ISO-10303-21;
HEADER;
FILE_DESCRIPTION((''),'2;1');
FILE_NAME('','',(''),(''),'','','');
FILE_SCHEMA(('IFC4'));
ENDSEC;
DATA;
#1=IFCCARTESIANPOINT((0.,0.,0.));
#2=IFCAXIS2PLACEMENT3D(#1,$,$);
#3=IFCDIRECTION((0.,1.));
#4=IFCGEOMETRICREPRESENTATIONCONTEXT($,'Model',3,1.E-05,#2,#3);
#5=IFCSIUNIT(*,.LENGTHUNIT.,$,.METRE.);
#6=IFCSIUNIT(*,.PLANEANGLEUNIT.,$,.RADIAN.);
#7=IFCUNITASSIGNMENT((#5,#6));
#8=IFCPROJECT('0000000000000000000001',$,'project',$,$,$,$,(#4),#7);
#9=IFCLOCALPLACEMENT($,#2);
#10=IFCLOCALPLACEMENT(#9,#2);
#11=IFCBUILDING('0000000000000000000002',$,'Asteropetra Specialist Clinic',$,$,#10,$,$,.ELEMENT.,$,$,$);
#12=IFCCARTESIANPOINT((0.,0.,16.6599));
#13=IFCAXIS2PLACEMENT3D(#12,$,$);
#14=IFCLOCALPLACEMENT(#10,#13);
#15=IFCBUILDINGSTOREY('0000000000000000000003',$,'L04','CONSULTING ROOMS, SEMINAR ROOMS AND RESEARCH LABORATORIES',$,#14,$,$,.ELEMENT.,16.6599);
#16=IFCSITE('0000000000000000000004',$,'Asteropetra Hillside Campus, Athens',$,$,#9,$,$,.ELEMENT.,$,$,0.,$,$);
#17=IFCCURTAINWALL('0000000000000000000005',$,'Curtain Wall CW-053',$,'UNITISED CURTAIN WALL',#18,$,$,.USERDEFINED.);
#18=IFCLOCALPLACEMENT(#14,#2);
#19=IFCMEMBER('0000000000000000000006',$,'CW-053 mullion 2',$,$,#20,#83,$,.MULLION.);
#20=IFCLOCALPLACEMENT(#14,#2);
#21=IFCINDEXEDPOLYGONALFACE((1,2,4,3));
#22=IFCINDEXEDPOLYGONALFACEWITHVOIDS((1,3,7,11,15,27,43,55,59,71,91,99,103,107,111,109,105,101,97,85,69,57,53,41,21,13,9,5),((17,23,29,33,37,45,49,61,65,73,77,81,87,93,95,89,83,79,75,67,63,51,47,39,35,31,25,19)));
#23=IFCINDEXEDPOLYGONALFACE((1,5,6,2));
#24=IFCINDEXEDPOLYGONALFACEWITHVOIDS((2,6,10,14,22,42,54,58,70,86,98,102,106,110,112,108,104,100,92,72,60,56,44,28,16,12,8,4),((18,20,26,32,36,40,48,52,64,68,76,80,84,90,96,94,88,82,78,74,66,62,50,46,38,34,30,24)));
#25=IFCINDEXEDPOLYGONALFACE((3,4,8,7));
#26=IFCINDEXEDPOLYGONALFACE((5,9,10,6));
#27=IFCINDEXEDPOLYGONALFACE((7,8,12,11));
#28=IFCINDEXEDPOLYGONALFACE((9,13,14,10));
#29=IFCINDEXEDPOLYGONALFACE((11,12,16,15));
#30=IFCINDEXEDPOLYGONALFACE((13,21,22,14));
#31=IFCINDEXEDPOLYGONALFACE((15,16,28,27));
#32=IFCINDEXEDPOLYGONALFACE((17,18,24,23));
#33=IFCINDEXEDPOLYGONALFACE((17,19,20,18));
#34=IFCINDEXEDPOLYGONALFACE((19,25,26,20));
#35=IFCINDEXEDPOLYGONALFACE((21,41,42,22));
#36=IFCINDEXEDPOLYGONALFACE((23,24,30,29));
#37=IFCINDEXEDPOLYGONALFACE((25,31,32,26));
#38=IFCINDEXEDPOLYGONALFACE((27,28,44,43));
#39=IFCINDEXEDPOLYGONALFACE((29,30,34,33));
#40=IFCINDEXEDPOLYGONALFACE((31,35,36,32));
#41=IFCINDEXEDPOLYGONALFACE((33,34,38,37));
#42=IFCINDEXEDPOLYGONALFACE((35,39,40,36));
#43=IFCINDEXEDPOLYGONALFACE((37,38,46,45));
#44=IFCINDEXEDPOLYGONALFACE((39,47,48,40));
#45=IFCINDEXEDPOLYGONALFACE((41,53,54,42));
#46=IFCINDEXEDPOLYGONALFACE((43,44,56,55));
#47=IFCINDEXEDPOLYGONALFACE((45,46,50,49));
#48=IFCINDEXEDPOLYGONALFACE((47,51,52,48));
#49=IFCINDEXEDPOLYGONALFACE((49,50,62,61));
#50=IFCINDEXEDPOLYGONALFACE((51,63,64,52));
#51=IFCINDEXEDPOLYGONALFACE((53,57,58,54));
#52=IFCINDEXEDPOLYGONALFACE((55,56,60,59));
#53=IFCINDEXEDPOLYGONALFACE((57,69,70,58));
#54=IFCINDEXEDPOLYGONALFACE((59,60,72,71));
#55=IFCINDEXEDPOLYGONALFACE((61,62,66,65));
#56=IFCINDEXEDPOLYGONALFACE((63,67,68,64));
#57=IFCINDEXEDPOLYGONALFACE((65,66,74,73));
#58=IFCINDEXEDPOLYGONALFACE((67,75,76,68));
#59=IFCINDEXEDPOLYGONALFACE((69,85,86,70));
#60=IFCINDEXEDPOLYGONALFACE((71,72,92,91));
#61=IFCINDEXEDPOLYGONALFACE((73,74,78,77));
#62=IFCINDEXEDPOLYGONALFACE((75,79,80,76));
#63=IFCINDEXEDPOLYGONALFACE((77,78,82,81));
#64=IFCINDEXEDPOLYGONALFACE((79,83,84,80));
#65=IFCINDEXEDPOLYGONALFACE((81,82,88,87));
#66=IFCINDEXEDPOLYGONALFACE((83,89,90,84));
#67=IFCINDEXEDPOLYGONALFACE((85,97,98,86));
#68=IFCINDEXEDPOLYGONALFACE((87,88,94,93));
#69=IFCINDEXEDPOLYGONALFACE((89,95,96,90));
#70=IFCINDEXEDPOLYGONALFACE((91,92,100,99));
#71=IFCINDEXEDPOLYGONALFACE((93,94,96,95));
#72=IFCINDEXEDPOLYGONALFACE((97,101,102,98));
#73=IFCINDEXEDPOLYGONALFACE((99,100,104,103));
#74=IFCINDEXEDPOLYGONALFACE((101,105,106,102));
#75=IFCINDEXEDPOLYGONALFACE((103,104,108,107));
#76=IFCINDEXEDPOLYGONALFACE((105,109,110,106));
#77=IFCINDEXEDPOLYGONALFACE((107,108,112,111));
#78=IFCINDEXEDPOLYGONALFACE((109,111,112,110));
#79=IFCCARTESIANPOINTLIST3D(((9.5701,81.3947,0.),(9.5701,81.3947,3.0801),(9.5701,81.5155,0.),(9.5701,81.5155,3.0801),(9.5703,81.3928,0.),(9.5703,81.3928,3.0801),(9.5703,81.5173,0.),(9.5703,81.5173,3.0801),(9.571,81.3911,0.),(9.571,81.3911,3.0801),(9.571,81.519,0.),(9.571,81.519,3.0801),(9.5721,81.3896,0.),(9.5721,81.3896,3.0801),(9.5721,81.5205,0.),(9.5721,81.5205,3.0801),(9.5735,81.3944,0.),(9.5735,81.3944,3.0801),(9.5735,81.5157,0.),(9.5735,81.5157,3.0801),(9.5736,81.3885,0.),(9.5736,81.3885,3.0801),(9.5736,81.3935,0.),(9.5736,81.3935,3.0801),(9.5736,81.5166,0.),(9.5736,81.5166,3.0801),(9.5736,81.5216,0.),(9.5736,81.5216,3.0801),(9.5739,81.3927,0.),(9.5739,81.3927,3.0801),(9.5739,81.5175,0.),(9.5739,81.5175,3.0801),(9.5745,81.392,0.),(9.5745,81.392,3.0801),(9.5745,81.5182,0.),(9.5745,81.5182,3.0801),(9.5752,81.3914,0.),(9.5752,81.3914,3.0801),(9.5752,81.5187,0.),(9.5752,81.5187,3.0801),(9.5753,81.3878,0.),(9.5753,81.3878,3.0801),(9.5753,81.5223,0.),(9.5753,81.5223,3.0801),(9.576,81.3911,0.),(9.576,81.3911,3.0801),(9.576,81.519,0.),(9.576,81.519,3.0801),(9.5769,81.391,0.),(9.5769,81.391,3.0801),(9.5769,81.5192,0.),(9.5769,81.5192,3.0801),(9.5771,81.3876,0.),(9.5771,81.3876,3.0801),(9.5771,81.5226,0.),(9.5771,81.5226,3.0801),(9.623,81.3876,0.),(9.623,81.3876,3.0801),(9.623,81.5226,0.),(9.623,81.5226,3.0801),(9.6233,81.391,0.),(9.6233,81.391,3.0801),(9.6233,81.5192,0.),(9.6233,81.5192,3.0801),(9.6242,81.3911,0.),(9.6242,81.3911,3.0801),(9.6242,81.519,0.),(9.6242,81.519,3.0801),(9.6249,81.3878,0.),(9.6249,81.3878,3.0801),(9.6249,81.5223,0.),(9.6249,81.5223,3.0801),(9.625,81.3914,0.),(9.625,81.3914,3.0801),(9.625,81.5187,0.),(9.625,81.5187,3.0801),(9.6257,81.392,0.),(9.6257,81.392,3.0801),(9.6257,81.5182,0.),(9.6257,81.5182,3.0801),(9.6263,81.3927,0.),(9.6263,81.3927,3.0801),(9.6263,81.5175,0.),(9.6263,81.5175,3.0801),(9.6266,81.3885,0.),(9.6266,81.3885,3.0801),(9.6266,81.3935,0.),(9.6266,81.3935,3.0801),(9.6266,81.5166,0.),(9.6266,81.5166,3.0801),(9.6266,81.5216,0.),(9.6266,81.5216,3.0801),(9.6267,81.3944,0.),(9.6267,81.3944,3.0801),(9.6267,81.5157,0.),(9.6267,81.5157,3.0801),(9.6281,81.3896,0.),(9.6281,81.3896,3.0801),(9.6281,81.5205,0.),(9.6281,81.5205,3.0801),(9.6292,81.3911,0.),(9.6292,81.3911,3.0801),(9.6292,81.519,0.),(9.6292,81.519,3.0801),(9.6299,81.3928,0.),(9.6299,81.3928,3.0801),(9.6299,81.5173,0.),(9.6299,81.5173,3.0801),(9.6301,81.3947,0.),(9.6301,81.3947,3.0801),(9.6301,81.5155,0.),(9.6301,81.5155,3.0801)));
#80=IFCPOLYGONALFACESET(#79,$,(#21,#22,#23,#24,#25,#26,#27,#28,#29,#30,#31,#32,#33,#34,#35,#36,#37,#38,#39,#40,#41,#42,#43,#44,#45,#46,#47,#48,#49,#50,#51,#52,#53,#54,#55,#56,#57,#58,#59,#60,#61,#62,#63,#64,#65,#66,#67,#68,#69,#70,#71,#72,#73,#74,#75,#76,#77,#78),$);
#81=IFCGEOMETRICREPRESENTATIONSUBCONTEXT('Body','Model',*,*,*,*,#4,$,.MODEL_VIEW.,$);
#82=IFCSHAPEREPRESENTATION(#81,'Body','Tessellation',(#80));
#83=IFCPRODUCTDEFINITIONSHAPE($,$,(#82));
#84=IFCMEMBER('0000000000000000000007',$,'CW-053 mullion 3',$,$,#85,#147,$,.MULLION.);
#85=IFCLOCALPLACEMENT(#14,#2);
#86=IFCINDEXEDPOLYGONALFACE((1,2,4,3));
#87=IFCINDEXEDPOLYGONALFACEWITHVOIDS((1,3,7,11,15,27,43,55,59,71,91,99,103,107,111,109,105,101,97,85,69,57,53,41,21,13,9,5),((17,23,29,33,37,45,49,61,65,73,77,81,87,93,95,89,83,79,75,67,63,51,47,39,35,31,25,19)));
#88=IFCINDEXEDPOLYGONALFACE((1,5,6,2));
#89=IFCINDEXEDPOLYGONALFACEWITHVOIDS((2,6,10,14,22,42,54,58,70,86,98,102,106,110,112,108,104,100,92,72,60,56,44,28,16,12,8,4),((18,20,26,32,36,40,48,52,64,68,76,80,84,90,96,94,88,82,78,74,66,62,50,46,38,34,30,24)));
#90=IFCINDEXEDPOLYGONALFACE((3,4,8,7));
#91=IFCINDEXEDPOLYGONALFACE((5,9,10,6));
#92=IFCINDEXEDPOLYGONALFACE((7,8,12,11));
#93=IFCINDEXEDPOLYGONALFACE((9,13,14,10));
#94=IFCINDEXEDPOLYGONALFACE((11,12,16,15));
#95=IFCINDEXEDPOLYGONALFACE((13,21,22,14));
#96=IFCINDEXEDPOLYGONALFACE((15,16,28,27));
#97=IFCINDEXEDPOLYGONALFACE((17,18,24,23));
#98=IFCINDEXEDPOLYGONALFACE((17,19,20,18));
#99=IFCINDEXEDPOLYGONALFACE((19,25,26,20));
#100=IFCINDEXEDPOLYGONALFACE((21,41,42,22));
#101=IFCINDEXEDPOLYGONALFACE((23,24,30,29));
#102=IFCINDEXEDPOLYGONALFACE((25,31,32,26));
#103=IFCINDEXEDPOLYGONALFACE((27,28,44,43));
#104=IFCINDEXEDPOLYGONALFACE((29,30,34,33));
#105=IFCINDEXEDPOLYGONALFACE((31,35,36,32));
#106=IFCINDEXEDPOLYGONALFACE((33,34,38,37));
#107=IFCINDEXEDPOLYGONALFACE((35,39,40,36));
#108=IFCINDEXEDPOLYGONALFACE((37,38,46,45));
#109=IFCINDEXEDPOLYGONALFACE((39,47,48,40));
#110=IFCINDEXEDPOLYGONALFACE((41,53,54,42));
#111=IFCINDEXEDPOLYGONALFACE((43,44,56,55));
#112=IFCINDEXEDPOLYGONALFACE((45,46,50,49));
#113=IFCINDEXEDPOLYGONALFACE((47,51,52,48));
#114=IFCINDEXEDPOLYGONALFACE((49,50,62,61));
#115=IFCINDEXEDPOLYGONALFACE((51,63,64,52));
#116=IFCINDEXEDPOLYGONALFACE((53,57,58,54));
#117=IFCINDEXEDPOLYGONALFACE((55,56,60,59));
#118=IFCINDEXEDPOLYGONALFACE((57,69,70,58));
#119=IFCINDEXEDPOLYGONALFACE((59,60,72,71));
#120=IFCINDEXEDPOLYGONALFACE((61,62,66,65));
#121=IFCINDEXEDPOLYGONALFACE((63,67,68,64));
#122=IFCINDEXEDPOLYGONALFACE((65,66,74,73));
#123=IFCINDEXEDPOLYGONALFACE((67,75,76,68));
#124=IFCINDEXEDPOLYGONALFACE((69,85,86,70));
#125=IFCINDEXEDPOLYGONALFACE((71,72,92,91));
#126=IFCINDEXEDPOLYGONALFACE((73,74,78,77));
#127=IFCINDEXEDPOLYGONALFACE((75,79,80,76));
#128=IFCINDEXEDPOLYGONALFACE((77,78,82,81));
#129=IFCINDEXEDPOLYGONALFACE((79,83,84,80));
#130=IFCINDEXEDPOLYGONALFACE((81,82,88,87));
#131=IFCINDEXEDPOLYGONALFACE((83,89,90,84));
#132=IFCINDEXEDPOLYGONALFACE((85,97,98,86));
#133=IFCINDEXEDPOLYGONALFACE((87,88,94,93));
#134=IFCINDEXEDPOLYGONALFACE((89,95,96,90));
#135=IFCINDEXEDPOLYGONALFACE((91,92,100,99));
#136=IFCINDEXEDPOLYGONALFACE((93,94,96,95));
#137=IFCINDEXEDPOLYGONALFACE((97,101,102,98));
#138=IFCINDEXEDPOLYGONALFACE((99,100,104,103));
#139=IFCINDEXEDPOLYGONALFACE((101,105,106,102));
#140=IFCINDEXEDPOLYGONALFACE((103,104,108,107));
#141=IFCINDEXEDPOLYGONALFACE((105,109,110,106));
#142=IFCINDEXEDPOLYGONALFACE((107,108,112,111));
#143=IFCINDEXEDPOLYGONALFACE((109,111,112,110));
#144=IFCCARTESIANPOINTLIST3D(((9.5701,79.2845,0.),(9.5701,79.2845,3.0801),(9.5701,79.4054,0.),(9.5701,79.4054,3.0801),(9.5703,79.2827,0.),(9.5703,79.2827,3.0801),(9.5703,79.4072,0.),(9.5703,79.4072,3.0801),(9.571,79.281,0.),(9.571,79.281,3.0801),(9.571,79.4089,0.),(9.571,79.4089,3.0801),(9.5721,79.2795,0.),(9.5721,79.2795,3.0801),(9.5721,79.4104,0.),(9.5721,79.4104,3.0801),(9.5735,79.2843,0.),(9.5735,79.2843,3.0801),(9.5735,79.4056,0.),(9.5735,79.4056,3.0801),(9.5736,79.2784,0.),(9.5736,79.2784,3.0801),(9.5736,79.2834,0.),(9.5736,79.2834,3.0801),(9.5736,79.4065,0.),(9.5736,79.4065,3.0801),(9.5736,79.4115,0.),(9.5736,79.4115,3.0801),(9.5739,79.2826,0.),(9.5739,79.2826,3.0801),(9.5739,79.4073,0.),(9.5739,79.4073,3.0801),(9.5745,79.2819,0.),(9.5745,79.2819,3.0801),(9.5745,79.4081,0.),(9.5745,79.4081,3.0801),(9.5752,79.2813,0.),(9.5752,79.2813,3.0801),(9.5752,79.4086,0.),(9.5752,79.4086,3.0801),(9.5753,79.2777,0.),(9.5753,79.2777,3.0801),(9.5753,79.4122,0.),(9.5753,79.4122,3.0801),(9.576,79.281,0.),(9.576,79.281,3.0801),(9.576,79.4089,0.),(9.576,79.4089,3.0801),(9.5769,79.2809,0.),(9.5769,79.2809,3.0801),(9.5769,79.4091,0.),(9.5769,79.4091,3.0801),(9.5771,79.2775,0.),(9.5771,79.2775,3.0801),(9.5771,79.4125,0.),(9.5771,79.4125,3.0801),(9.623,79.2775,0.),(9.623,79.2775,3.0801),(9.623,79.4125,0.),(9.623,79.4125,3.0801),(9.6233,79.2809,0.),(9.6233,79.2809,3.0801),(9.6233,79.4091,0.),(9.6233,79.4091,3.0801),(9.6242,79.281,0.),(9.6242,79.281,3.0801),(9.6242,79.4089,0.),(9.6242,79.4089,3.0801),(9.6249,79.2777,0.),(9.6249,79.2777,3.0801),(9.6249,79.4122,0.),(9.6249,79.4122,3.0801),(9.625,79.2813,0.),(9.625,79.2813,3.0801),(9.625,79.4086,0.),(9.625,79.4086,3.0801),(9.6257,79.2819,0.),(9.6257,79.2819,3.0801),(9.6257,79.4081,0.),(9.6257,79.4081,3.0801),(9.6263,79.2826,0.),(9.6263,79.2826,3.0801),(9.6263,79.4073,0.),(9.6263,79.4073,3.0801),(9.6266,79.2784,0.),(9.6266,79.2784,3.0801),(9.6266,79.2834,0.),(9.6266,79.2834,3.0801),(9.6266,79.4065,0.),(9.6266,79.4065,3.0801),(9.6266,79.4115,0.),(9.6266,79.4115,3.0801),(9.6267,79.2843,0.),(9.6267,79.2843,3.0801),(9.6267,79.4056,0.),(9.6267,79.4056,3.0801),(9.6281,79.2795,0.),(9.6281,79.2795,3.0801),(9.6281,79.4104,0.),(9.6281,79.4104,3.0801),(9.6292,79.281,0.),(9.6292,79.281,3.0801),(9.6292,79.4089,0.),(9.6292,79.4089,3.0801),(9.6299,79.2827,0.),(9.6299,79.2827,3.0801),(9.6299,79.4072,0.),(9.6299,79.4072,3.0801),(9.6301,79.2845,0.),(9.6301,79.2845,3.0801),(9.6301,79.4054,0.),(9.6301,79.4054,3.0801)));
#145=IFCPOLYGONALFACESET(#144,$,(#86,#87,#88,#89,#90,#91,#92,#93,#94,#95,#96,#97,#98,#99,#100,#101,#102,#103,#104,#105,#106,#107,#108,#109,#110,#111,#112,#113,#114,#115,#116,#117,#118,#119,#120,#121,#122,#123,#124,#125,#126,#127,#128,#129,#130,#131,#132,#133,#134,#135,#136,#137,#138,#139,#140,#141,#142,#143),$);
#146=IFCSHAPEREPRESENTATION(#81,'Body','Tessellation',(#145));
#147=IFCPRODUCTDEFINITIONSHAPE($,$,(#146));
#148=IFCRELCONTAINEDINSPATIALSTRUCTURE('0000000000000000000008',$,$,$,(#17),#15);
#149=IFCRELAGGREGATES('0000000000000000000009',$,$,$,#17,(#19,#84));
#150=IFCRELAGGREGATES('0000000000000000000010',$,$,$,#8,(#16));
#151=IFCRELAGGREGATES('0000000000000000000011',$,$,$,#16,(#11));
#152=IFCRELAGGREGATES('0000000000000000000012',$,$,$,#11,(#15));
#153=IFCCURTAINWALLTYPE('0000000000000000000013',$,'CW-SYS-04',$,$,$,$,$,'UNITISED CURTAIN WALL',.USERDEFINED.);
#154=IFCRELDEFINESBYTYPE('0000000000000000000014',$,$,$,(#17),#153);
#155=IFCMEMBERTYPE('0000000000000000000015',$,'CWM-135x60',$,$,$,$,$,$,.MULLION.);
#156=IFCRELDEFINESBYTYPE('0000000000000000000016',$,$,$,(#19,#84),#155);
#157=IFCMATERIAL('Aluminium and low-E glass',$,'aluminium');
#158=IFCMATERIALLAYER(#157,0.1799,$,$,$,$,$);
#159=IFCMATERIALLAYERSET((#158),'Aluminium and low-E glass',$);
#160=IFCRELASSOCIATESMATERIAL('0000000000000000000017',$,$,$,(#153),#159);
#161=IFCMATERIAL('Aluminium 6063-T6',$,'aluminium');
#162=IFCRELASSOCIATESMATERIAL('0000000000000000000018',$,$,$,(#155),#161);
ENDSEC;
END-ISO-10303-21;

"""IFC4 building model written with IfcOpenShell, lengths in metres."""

from ifc_helpers import new_model, si_unit, direction, frame, origin, origin_2d, place, context, subcontext, project, spatial, hollow_rectangle, extrude, material, layer, layer_set, material_profile, profile_set, type_object, element, aggregate, save


model = new_model("IFC4")

# Units and contexts
model_context = context("Model", 3, precision=1e-05, world=origin(), true_north=direction((0.0, 1.0)))
body_context = subcontext(model_context, "Body", "Model", "MODEL_VIEW")
ifc_project = project(units=[si_unit("LENGTHUNIT", "METRE"), si_unit("PLANEANGLEUNIT", "RADIAN")], contexts=[model_context])

# Site, building, storey
site_placement = place(None, origin())
site = spatial("IfcSite", under=ifc_project, at=site_placement, Name="Asteropetra Hillside Campus, Athens", CompositionType="ELEMENT", RefElevation=0.0)
building_placement = place(site_placement, origin())
building = spatial("IfcBuilding", under=site, at=building_placement, Name="Asteropetra Specialist Clinic", CompositionType="ELEMENT")
storey_placement = place(building_placement, frame((0.0, 0.0, 16.6599)))
storey = spatial("IfcBuildingStorey", under=building, at=storey_placement, Name="L04", Description="CONSULTING ROOMS, SEMINAR ROOMS AND RESEARCH LABORATORIES", CompositionType="ELEMENT", Elevation=16.6599)

# Curtain wall, members
ifc_material_1 = material(Name="Aluminium and low-E glass", Category="aluminium")
ifc_layer_1 = layer(ifc_material_1, 0.1799)
ifc_layer_set_1 = layer_set([ifc_layer_1], Name="Aluminium and low-E glass")
curtain_wall_type_1 = type_object("IfcCurtainWallType", Name="CW-SYS-04", ElementType="UNITISED CURTAIN WALL", PredefinedType="USERDEFINED", material=ifc_layer_set_1)
curtain_wall_1_placement = place(storey_placement, origin())
curtain_wall_1 = element("IfcCurtainWall", 1, at=curtain_wall_1_placement, inside=storey, type_object=curtain_wall_type_1, Name="Curtain Wall CW-053", ObjectType="UNITISED CURTAIN WALL", PredefinedType="USERDEFINED")
ifc_material_2 = material(Name="Aluminium 6063-T6", Category="aluminium")
ifc_material_profile_1 = material_profile(ifc_material_2, hollow_rectangle(XDim=0.0601, YDim=0.135, WallThickness=0.0034, InnerFilletRadius=0.0034, OuterFilletRadius=0.0071, at=origin_2d()), Name="MUL 135x60x3.5")
ifc_profile_set_1 = profile_set([ifc_material_profile_1], Name="Aluminium 6063-T6")
member_type_1 = type_object("IfcMemberType", Name="CWM-135x60", PredefinedType="MULLION", material=ifc_profile_set_1)
member_1_placement = place(storey_placement, frame((9.6001, 81.4551, 0.0), z_axis=(0.0, 0.0, 1.0), x_axis=(1.0, 0.0, 0.0)))
member_1 = element("IfcMember", 2, at=member_1_placement, type_object=member_type_1, Name="CW-053 mullion 2", PredefinedType="MULLION", context=body_context, shape_type="SweptSolid", body=[
    extrude(hollow_rectangle(XDim=0.0601, YDim=0.135, WallThickness=0.0034, InnerFilletRadius=0.0034, OuterFilletRadius=0.0071, at=origin_2d()), origin(), (0.0, 0.0, 1.0), 3.0801),
])
member_2_placement = place(storey_placement, frame((9.6001, 79.345, 0.0), z_axis=(0.0, 0.0, 1.0), x_axis=(1.0, 0.0, 0.0)))
member_2 = element("IfcMember", 3, at=member_2_placement, type_object=member_type_1, Name="CW-053 mullion 3", PredefinedType="MULLION", context=body_context, shape_type="SweptSolid", body=[
    extrude(hollow_rectangle(XDim=0.0601, YDim=0.135, WallThickness=0.0034, InnerFilletRadius=0.0034, OuterFilletRadius=0.0071, at=origin_2d()), origin(), (0.0, 0.0, 1.0), 3.0801),
])

aggregate(curtain_wall_1, [member_1, member_2])

save(model, "model.ifc")
